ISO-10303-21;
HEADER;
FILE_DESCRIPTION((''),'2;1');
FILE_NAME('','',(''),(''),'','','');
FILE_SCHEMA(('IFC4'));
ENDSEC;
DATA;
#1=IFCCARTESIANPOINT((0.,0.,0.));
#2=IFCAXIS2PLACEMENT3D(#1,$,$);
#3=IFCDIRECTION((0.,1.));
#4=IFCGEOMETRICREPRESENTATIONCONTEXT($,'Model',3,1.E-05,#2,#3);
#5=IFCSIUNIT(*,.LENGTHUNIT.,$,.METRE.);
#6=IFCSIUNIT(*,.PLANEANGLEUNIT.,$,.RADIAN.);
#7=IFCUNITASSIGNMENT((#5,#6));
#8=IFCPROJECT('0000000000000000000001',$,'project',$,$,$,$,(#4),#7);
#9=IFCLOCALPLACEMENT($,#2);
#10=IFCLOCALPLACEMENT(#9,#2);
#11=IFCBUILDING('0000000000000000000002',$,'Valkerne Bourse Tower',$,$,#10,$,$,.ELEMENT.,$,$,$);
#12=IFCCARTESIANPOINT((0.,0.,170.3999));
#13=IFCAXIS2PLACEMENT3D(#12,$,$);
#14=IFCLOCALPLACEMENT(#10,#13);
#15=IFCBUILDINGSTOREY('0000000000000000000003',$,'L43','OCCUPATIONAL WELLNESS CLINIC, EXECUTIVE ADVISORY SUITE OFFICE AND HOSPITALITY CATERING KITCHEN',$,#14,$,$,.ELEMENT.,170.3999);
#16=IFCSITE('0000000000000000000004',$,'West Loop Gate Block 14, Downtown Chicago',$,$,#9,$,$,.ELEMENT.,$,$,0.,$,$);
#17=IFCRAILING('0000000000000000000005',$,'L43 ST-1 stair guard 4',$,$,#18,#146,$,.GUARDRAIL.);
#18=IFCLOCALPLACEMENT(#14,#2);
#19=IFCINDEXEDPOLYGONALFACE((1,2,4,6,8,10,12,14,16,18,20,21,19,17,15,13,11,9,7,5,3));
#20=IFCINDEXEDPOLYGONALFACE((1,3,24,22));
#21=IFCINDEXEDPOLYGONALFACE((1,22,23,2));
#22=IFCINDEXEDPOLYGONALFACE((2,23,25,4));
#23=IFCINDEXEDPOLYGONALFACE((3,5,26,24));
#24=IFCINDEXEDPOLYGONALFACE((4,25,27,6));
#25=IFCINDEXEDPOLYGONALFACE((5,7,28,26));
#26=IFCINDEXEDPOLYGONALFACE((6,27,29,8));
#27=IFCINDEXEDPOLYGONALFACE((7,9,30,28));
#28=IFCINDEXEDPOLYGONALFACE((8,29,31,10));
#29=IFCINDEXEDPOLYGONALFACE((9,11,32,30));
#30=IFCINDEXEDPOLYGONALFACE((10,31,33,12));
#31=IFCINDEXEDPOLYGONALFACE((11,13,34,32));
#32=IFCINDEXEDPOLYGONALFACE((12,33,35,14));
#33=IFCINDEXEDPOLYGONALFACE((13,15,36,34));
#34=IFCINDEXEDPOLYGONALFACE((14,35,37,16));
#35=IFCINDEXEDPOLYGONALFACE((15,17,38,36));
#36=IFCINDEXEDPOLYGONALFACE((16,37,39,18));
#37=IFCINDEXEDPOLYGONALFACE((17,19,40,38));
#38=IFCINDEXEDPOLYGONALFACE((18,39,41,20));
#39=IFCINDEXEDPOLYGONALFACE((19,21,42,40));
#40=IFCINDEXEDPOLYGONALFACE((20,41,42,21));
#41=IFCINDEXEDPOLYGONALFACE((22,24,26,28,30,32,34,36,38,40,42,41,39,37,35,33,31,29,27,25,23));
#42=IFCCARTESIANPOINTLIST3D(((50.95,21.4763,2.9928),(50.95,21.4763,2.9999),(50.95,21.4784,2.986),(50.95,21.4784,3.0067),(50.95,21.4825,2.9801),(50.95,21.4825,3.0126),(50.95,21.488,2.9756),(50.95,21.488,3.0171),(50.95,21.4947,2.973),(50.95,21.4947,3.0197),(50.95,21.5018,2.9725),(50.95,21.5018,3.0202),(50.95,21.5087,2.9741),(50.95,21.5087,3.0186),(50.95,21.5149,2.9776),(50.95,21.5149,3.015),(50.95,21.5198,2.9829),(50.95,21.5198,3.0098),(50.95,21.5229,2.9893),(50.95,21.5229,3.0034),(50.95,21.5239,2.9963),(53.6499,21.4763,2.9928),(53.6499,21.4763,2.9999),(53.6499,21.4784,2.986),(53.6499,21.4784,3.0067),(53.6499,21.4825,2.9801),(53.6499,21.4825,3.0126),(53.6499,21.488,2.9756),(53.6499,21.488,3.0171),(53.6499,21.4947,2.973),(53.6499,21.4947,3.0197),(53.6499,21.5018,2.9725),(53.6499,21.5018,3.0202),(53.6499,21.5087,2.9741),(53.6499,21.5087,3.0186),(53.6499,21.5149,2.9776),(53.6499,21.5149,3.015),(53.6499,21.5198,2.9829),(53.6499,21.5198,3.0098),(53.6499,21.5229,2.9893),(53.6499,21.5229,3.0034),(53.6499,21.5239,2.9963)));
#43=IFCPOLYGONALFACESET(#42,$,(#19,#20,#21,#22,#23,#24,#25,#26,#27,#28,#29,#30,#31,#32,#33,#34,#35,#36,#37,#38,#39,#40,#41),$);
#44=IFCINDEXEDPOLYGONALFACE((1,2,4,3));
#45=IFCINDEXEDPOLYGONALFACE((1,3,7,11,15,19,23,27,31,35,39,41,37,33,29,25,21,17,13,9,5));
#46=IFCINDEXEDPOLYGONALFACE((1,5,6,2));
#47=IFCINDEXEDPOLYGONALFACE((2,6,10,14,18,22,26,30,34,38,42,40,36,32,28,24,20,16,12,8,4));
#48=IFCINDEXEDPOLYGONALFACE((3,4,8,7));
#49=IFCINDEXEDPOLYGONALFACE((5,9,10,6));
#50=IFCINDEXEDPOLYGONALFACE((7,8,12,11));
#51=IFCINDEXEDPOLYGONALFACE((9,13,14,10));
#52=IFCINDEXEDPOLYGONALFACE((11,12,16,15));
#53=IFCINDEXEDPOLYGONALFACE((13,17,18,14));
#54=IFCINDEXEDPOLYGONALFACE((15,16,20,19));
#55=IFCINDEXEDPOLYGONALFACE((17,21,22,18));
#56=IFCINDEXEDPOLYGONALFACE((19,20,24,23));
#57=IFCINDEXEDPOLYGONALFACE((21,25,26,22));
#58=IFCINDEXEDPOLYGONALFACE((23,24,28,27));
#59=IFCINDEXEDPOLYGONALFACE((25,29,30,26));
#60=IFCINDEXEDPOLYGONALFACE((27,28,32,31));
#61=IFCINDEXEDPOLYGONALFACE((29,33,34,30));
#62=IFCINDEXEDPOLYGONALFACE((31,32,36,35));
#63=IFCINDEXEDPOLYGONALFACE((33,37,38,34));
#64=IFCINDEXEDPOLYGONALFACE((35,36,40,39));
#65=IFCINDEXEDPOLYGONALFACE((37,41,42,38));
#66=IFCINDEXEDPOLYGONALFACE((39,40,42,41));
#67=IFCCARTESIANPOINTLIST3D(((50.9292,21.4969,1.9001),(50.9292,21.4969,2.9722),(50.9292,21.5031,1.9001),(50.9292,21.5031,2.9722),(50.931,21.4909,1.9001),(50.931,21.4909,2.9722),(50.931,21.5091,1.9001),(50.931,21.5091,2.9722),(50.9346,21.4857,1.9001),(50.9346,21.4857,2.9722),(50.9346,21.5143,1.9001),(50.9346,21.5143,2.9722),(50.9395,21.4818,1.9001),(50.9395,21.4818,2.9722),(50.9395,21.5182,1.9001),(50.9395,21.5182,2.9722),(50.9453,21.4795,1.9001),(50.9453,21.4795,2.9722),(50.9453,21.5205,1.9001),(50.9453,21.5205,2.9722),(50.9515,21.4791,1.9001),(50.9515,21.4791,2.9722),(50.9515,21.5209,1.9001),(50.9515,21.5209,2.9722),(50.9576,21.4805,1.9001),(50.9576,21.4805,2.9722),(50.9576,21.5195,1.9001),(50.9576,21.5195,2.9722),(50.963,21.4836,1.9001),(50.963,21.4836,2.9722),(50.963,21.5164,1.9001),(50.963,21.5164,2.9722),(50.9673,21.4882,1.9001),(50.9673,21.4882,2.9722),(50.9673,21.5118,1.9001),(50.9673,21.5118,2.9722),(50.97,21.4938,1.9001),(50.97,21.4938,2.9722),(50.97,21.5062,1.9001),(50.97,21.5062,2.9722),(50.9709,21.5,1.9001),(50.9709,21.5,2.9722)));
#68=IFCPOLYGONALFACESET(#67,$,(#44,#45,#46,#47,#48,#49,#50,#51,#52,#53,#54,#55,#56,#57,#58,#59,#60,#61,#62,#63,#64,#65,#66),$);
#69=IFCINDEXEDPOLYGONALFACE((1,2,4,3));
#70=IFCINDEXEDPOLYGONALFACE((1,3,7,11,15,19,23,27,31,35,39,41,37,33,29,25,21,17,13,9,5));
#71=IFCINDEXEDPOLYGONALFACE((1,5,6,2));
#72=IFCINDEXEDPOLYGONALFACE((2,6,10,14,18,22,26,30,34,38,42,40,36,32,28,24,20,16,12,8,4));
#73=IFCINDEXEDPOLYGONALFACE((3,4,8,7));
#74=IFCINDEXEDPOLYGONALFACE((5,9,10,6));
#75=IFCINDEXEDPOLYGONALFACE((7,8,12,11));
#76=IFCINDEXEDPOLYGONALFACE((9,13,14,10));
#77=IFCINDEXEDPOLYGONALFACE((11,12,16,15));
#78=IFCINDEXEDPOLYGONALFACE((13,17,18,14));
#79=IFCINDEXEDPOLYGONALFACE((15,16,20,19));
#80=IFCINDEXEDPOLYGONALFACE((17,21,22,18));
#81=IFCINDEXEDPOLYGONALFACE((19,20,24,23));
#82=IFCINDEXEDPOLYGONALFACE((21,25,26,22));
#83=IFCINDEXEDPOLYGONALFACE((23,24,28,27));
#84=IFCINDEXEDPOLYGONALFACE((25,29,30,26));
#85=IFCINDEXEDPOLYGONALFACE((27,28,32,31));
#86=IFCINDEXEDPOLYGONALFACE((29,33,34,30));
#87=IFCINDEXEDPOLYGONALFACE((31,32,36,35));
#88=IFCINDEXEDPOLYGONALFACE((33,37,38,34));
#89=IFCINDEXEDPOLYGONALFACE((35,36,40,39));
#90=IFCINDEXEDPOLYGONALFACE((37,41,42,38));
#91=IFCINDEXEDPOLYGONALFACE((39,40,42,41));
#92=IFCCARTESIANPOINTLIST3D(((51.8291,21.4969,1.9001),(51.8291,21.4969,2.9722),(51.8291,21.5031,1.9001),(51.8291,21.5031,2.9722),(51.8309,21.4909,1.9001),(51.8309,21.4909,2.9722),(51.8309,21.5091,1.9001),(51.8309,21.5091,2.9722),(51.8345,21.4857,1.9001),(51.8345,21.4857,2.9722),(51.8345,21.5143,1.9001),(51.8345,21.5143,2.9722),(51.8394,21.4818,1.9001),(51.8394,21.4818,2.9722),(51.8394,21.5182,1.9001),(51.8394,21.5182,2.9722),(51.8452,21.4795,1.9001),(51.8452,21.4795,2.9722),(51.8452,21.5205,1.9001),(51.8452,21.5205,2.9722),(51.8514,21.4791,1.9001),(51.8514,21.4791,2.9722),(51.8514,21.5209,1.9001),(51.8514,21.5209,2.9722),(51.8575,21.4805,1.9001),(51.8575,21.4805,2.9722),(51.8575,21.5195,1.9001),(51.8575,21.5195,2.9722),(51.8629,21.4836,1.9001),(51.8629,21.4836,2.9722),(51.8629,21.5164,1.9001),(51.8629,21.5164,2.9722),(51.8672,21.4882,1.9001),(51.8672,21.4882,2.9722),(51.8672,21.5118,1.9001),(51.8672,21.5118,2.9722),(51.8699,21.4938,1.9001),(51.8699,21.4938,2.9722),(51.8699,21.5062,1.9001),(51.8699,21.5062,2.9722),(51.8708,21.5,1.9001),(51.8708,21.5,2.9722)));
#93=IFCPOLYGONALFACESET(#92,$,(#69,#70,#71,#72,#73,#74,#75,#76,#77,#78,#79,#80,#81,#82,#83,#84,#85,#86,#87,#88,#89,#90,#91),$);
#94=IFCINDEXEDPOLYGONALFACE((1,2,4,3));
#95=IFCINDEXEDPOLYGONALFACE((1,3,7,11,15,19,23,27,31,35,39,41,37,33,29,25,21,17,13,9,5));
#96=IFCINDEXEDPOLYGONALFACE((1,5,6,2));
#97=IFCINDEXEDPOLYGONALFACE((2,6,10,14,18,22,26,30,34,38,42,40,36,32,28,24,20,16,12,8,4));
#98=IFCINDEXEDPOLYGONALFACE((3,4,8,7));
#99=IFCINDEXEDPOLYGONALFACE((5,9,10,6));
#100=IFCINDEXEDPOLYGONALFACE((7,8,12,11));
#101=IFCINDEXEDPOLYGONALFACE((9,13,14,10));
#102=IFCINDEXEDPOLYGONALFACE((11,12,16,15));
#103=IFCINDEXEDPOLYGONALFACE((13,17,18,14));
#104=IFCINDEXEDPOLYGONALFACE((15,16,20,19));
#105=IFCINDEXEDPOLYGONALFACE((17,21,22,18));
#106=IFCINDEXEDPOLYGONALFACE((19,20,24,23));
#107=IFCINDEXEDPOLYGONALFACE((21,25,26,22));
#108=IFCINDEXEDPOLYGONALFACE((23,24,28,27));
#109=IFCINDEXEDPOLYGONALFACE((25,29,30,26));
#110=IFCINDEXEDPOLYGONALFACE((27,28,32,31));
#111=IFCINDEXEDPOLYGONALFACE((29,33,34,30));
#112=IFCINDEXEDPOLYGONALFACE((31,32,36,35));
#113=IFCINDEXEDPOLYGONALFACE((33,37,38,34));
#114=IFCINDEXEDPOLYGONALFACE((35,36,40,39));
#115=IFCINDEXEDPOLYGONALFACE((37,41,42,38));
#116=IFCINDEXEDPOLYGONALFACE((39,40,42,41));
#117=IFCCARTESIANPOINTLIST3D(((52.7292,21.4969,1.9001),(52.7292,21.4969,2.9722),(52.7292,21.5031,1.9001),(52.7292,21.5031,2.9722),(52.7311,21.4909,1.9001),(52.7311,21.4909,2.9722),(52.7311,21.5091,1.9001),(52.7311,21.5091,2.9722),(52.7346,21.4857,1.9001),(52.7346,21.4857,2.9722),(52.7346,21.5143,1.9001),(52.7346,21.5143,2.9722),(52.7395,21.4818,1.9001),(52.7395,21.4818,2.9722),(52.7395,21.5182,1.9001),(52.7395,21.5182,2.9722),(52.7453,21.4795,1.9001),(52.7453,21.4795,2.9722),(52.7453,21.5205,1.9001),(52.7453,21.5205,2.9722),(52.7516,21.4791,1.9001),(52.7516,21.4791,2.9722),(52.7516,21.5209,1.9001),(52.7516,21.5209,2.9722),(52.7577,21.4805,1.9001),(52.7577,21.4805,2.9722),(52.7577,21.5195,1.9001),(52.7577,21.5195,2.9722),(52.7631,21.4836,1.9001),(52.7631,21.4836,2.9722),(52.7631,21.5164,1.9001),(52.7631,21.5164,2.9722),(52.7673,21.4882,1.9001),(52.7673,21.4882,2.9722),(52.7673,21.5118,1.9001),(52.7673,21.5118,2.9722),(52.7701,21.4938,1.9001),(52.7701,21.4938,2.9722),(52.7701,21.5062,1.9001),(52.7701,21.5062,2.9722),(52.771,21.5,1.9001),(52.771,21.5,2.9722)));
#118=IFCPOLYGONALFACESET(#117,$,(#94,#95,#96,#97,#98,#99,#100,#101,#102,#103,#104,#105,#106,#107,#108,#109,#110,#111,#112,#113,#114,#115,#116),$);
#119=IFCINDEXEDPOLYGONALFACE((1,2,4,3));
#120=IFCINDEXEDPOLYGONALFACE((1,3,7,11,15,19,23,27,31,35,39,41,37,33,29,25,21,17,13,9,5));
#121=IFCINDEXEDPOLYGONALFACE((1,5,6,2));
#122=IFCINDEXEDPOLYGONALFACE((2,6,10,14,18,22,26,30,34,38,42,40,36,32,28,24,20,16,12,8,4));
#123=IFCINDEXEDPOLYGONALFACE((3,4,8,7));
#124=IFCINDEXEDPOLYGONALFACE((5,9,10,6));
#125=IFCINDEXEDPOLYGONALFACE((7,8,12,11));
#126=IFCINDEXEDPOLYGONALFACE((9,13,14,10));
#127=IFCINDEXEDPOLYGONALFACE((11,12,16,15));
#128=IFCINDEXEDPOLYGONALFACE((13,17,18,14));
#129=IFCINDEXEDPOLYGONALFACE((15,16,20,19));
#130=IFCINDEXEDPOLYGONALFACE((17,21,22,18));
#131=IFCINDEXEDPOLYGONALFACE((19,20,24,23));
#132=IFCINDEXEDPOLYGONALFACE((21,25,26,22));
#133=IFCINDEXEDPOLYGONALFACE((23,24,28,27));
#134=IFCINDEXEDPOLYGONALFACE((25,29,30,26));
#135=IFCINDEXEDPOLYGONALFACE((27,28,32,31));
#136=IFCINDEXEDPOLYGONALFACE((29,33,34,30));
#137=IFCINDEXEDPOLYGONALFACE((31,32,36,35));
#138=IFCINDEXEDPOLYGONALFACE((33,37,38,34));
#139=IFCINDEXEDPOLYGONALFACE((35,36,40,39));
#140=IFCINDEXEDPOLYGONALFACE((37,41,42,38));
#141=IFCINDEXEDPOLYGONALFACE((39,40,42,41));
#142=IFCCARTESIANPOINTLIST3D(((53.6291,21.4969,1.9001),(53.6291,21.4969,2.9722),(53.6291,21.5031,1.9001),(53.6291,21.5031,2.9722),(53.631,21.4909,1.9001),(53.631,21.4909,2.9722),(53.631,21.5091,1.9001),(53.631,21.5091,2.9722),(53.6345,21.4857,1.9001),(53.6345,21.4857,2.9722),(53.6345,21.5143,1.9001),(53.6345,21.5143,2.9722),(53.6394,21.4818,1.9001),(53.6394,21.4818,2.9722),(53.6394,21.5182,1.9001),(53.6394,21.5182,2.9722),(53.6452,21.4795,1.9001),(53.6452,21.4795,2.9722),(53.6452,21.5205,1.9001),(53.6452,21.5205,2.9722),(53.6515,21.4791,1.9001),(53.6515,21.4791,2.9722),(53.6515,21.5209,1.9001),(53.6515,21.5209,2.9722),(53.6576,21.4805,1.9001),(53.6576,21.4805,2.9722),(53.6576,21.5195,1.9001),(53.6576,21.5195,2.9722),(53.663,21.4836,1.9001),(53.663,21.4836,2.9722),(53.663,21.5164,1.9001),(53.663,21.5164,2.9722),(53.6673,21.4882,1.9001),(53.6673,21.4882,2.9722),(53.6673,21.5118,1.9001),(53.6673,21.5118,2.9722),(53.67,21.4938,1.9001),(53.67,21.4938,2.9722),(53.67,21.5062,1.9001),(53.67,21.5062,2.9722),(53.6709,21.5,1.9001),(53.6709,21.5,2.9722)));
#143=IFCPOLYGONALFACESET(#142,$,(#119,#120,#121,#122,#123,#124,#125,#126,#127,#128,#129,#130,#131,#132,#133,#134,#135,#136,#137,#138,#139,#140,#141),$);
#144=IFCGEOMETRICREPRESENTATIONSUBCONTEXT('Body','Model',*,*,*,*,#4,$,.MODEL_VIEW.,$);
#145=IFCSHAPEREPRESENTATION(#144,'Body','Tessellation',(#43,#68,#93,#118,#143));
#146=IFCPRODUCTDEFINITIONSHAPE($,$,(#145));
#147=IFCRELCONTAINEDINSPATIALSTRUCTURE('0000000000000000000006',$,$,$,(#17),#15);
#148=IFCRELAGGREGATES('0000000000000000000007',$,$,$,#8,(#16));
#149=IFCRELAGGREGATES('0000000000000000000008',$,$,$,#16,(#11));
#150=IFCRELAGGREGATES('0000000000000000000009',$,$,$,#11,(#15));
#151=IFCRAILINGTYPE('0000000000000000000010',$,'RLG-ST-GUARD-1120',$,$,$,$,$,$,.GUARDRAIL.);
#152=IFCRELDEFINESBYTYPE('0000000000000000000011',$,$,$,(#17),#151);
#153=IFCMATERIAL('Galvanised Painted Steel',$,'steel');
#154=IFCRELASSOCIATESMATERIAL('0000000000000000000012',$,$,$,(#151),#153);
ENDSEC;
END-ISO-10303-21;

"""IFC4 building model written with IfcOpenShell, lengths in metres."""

from ifc_helpers import new_model, si_unit, direction, frame, origin, origin_2d, place, context, subcontext, project, spatial, circle, extrude, material, type_object, element, save


model = new_model("IFC4")

# Units and contexts
model_context = context("Model", 3, precision=1e-05, world=origin(), true_north=direction((0.0, 1.0)))
body_context = subcontext(model_context, "Body", "Model", "MODEL_VIEW")
ifc_project = project(units=[si_unit("LENGTHUNIT", "METRE"), si_unit("PLANEANGLEUNIT", "RADIAN")], contexts=[model_context])

# Site, building, storey
site_placement = place(None, origin())
site = spatial("IfcSite", under=ifc_project, at=site_placement, Name="West Loop Gate Block 14, Downtown Chicago", CompositionType="ELEMENT", RefElevation=0.0)
building_placement = place(site_placement, origin())
building = spatial("IfcBuilding", under=site, at=building_placement, Name="Valkerne Bourse Tower", CompositionType="ELEMENT")
storey_placement = place(building_placement, frame((0.0, 0.0, 170.3999)))
storey = spatial("IfcBuildingStorey", under=building, at=storey_placement, Name="L43", Description="OCCUPATIONAL WELLNESS CLINIC, EXECUTIVE ADVISORY SUITE OFFICE AND HOSPITALITY CATERING KITCHEN", CompositionType="ELEMENT", Elevation=170.3999)

# Shared definitions
ifc_material_1 = material(Name="Galvanised Painted Steel", Category="steel")

# Railing
railing_type_1 = type_object("IfcRailingType", Name="RLG-ST-GUARD-1120", PredefinedType="GUARDRAIL", material=ifc_material_1)
for number, where, name in (
    (1, (50.95, 21.5, 1.9001), "L43 ST-1 stair guard 4"),
):
    element("IfcRailing", number, at=place(storey_placement, frame(where)), inside=storey, type_object=railing_type_1, Name=name, PredefinedType="GUARDRAIL", context=body_context, shape_type="SweptSolid", body=[
        extrude(circle(Radius=0.0239, at=origin_2d()), frame((0.0, 0.0, 1.0962), z_axis=(1.0, 0.0, 0.0), x_axis=(0.0, 1.0, 0.0)), (0.0, 0.0, 1.0), 2.7),
        extrude(circle(Radius=0.021, at=origin_2d()), origin(), (0.0, 0.0, 1.0), 1.072),
        extrude(circle(Radius=0.021, at=origin_2d()), frame((0.8999, 0.0, 0.0)), (0.0, 0.0, 1.0), 1.072),
        extrude(circle(Radius=0.021, at=origin_2d()), frame((1.8, 0.0, 0.0)), (0.0, 0.0, 1.0), 1.072),
        extrude(circle(Radius=0.021, at=origin_2d()), frame((2.7, 0.0, 0.0)), (0.0, 0.0, 1.0), 1.072),
    ])

save(model, "model.ifc")
